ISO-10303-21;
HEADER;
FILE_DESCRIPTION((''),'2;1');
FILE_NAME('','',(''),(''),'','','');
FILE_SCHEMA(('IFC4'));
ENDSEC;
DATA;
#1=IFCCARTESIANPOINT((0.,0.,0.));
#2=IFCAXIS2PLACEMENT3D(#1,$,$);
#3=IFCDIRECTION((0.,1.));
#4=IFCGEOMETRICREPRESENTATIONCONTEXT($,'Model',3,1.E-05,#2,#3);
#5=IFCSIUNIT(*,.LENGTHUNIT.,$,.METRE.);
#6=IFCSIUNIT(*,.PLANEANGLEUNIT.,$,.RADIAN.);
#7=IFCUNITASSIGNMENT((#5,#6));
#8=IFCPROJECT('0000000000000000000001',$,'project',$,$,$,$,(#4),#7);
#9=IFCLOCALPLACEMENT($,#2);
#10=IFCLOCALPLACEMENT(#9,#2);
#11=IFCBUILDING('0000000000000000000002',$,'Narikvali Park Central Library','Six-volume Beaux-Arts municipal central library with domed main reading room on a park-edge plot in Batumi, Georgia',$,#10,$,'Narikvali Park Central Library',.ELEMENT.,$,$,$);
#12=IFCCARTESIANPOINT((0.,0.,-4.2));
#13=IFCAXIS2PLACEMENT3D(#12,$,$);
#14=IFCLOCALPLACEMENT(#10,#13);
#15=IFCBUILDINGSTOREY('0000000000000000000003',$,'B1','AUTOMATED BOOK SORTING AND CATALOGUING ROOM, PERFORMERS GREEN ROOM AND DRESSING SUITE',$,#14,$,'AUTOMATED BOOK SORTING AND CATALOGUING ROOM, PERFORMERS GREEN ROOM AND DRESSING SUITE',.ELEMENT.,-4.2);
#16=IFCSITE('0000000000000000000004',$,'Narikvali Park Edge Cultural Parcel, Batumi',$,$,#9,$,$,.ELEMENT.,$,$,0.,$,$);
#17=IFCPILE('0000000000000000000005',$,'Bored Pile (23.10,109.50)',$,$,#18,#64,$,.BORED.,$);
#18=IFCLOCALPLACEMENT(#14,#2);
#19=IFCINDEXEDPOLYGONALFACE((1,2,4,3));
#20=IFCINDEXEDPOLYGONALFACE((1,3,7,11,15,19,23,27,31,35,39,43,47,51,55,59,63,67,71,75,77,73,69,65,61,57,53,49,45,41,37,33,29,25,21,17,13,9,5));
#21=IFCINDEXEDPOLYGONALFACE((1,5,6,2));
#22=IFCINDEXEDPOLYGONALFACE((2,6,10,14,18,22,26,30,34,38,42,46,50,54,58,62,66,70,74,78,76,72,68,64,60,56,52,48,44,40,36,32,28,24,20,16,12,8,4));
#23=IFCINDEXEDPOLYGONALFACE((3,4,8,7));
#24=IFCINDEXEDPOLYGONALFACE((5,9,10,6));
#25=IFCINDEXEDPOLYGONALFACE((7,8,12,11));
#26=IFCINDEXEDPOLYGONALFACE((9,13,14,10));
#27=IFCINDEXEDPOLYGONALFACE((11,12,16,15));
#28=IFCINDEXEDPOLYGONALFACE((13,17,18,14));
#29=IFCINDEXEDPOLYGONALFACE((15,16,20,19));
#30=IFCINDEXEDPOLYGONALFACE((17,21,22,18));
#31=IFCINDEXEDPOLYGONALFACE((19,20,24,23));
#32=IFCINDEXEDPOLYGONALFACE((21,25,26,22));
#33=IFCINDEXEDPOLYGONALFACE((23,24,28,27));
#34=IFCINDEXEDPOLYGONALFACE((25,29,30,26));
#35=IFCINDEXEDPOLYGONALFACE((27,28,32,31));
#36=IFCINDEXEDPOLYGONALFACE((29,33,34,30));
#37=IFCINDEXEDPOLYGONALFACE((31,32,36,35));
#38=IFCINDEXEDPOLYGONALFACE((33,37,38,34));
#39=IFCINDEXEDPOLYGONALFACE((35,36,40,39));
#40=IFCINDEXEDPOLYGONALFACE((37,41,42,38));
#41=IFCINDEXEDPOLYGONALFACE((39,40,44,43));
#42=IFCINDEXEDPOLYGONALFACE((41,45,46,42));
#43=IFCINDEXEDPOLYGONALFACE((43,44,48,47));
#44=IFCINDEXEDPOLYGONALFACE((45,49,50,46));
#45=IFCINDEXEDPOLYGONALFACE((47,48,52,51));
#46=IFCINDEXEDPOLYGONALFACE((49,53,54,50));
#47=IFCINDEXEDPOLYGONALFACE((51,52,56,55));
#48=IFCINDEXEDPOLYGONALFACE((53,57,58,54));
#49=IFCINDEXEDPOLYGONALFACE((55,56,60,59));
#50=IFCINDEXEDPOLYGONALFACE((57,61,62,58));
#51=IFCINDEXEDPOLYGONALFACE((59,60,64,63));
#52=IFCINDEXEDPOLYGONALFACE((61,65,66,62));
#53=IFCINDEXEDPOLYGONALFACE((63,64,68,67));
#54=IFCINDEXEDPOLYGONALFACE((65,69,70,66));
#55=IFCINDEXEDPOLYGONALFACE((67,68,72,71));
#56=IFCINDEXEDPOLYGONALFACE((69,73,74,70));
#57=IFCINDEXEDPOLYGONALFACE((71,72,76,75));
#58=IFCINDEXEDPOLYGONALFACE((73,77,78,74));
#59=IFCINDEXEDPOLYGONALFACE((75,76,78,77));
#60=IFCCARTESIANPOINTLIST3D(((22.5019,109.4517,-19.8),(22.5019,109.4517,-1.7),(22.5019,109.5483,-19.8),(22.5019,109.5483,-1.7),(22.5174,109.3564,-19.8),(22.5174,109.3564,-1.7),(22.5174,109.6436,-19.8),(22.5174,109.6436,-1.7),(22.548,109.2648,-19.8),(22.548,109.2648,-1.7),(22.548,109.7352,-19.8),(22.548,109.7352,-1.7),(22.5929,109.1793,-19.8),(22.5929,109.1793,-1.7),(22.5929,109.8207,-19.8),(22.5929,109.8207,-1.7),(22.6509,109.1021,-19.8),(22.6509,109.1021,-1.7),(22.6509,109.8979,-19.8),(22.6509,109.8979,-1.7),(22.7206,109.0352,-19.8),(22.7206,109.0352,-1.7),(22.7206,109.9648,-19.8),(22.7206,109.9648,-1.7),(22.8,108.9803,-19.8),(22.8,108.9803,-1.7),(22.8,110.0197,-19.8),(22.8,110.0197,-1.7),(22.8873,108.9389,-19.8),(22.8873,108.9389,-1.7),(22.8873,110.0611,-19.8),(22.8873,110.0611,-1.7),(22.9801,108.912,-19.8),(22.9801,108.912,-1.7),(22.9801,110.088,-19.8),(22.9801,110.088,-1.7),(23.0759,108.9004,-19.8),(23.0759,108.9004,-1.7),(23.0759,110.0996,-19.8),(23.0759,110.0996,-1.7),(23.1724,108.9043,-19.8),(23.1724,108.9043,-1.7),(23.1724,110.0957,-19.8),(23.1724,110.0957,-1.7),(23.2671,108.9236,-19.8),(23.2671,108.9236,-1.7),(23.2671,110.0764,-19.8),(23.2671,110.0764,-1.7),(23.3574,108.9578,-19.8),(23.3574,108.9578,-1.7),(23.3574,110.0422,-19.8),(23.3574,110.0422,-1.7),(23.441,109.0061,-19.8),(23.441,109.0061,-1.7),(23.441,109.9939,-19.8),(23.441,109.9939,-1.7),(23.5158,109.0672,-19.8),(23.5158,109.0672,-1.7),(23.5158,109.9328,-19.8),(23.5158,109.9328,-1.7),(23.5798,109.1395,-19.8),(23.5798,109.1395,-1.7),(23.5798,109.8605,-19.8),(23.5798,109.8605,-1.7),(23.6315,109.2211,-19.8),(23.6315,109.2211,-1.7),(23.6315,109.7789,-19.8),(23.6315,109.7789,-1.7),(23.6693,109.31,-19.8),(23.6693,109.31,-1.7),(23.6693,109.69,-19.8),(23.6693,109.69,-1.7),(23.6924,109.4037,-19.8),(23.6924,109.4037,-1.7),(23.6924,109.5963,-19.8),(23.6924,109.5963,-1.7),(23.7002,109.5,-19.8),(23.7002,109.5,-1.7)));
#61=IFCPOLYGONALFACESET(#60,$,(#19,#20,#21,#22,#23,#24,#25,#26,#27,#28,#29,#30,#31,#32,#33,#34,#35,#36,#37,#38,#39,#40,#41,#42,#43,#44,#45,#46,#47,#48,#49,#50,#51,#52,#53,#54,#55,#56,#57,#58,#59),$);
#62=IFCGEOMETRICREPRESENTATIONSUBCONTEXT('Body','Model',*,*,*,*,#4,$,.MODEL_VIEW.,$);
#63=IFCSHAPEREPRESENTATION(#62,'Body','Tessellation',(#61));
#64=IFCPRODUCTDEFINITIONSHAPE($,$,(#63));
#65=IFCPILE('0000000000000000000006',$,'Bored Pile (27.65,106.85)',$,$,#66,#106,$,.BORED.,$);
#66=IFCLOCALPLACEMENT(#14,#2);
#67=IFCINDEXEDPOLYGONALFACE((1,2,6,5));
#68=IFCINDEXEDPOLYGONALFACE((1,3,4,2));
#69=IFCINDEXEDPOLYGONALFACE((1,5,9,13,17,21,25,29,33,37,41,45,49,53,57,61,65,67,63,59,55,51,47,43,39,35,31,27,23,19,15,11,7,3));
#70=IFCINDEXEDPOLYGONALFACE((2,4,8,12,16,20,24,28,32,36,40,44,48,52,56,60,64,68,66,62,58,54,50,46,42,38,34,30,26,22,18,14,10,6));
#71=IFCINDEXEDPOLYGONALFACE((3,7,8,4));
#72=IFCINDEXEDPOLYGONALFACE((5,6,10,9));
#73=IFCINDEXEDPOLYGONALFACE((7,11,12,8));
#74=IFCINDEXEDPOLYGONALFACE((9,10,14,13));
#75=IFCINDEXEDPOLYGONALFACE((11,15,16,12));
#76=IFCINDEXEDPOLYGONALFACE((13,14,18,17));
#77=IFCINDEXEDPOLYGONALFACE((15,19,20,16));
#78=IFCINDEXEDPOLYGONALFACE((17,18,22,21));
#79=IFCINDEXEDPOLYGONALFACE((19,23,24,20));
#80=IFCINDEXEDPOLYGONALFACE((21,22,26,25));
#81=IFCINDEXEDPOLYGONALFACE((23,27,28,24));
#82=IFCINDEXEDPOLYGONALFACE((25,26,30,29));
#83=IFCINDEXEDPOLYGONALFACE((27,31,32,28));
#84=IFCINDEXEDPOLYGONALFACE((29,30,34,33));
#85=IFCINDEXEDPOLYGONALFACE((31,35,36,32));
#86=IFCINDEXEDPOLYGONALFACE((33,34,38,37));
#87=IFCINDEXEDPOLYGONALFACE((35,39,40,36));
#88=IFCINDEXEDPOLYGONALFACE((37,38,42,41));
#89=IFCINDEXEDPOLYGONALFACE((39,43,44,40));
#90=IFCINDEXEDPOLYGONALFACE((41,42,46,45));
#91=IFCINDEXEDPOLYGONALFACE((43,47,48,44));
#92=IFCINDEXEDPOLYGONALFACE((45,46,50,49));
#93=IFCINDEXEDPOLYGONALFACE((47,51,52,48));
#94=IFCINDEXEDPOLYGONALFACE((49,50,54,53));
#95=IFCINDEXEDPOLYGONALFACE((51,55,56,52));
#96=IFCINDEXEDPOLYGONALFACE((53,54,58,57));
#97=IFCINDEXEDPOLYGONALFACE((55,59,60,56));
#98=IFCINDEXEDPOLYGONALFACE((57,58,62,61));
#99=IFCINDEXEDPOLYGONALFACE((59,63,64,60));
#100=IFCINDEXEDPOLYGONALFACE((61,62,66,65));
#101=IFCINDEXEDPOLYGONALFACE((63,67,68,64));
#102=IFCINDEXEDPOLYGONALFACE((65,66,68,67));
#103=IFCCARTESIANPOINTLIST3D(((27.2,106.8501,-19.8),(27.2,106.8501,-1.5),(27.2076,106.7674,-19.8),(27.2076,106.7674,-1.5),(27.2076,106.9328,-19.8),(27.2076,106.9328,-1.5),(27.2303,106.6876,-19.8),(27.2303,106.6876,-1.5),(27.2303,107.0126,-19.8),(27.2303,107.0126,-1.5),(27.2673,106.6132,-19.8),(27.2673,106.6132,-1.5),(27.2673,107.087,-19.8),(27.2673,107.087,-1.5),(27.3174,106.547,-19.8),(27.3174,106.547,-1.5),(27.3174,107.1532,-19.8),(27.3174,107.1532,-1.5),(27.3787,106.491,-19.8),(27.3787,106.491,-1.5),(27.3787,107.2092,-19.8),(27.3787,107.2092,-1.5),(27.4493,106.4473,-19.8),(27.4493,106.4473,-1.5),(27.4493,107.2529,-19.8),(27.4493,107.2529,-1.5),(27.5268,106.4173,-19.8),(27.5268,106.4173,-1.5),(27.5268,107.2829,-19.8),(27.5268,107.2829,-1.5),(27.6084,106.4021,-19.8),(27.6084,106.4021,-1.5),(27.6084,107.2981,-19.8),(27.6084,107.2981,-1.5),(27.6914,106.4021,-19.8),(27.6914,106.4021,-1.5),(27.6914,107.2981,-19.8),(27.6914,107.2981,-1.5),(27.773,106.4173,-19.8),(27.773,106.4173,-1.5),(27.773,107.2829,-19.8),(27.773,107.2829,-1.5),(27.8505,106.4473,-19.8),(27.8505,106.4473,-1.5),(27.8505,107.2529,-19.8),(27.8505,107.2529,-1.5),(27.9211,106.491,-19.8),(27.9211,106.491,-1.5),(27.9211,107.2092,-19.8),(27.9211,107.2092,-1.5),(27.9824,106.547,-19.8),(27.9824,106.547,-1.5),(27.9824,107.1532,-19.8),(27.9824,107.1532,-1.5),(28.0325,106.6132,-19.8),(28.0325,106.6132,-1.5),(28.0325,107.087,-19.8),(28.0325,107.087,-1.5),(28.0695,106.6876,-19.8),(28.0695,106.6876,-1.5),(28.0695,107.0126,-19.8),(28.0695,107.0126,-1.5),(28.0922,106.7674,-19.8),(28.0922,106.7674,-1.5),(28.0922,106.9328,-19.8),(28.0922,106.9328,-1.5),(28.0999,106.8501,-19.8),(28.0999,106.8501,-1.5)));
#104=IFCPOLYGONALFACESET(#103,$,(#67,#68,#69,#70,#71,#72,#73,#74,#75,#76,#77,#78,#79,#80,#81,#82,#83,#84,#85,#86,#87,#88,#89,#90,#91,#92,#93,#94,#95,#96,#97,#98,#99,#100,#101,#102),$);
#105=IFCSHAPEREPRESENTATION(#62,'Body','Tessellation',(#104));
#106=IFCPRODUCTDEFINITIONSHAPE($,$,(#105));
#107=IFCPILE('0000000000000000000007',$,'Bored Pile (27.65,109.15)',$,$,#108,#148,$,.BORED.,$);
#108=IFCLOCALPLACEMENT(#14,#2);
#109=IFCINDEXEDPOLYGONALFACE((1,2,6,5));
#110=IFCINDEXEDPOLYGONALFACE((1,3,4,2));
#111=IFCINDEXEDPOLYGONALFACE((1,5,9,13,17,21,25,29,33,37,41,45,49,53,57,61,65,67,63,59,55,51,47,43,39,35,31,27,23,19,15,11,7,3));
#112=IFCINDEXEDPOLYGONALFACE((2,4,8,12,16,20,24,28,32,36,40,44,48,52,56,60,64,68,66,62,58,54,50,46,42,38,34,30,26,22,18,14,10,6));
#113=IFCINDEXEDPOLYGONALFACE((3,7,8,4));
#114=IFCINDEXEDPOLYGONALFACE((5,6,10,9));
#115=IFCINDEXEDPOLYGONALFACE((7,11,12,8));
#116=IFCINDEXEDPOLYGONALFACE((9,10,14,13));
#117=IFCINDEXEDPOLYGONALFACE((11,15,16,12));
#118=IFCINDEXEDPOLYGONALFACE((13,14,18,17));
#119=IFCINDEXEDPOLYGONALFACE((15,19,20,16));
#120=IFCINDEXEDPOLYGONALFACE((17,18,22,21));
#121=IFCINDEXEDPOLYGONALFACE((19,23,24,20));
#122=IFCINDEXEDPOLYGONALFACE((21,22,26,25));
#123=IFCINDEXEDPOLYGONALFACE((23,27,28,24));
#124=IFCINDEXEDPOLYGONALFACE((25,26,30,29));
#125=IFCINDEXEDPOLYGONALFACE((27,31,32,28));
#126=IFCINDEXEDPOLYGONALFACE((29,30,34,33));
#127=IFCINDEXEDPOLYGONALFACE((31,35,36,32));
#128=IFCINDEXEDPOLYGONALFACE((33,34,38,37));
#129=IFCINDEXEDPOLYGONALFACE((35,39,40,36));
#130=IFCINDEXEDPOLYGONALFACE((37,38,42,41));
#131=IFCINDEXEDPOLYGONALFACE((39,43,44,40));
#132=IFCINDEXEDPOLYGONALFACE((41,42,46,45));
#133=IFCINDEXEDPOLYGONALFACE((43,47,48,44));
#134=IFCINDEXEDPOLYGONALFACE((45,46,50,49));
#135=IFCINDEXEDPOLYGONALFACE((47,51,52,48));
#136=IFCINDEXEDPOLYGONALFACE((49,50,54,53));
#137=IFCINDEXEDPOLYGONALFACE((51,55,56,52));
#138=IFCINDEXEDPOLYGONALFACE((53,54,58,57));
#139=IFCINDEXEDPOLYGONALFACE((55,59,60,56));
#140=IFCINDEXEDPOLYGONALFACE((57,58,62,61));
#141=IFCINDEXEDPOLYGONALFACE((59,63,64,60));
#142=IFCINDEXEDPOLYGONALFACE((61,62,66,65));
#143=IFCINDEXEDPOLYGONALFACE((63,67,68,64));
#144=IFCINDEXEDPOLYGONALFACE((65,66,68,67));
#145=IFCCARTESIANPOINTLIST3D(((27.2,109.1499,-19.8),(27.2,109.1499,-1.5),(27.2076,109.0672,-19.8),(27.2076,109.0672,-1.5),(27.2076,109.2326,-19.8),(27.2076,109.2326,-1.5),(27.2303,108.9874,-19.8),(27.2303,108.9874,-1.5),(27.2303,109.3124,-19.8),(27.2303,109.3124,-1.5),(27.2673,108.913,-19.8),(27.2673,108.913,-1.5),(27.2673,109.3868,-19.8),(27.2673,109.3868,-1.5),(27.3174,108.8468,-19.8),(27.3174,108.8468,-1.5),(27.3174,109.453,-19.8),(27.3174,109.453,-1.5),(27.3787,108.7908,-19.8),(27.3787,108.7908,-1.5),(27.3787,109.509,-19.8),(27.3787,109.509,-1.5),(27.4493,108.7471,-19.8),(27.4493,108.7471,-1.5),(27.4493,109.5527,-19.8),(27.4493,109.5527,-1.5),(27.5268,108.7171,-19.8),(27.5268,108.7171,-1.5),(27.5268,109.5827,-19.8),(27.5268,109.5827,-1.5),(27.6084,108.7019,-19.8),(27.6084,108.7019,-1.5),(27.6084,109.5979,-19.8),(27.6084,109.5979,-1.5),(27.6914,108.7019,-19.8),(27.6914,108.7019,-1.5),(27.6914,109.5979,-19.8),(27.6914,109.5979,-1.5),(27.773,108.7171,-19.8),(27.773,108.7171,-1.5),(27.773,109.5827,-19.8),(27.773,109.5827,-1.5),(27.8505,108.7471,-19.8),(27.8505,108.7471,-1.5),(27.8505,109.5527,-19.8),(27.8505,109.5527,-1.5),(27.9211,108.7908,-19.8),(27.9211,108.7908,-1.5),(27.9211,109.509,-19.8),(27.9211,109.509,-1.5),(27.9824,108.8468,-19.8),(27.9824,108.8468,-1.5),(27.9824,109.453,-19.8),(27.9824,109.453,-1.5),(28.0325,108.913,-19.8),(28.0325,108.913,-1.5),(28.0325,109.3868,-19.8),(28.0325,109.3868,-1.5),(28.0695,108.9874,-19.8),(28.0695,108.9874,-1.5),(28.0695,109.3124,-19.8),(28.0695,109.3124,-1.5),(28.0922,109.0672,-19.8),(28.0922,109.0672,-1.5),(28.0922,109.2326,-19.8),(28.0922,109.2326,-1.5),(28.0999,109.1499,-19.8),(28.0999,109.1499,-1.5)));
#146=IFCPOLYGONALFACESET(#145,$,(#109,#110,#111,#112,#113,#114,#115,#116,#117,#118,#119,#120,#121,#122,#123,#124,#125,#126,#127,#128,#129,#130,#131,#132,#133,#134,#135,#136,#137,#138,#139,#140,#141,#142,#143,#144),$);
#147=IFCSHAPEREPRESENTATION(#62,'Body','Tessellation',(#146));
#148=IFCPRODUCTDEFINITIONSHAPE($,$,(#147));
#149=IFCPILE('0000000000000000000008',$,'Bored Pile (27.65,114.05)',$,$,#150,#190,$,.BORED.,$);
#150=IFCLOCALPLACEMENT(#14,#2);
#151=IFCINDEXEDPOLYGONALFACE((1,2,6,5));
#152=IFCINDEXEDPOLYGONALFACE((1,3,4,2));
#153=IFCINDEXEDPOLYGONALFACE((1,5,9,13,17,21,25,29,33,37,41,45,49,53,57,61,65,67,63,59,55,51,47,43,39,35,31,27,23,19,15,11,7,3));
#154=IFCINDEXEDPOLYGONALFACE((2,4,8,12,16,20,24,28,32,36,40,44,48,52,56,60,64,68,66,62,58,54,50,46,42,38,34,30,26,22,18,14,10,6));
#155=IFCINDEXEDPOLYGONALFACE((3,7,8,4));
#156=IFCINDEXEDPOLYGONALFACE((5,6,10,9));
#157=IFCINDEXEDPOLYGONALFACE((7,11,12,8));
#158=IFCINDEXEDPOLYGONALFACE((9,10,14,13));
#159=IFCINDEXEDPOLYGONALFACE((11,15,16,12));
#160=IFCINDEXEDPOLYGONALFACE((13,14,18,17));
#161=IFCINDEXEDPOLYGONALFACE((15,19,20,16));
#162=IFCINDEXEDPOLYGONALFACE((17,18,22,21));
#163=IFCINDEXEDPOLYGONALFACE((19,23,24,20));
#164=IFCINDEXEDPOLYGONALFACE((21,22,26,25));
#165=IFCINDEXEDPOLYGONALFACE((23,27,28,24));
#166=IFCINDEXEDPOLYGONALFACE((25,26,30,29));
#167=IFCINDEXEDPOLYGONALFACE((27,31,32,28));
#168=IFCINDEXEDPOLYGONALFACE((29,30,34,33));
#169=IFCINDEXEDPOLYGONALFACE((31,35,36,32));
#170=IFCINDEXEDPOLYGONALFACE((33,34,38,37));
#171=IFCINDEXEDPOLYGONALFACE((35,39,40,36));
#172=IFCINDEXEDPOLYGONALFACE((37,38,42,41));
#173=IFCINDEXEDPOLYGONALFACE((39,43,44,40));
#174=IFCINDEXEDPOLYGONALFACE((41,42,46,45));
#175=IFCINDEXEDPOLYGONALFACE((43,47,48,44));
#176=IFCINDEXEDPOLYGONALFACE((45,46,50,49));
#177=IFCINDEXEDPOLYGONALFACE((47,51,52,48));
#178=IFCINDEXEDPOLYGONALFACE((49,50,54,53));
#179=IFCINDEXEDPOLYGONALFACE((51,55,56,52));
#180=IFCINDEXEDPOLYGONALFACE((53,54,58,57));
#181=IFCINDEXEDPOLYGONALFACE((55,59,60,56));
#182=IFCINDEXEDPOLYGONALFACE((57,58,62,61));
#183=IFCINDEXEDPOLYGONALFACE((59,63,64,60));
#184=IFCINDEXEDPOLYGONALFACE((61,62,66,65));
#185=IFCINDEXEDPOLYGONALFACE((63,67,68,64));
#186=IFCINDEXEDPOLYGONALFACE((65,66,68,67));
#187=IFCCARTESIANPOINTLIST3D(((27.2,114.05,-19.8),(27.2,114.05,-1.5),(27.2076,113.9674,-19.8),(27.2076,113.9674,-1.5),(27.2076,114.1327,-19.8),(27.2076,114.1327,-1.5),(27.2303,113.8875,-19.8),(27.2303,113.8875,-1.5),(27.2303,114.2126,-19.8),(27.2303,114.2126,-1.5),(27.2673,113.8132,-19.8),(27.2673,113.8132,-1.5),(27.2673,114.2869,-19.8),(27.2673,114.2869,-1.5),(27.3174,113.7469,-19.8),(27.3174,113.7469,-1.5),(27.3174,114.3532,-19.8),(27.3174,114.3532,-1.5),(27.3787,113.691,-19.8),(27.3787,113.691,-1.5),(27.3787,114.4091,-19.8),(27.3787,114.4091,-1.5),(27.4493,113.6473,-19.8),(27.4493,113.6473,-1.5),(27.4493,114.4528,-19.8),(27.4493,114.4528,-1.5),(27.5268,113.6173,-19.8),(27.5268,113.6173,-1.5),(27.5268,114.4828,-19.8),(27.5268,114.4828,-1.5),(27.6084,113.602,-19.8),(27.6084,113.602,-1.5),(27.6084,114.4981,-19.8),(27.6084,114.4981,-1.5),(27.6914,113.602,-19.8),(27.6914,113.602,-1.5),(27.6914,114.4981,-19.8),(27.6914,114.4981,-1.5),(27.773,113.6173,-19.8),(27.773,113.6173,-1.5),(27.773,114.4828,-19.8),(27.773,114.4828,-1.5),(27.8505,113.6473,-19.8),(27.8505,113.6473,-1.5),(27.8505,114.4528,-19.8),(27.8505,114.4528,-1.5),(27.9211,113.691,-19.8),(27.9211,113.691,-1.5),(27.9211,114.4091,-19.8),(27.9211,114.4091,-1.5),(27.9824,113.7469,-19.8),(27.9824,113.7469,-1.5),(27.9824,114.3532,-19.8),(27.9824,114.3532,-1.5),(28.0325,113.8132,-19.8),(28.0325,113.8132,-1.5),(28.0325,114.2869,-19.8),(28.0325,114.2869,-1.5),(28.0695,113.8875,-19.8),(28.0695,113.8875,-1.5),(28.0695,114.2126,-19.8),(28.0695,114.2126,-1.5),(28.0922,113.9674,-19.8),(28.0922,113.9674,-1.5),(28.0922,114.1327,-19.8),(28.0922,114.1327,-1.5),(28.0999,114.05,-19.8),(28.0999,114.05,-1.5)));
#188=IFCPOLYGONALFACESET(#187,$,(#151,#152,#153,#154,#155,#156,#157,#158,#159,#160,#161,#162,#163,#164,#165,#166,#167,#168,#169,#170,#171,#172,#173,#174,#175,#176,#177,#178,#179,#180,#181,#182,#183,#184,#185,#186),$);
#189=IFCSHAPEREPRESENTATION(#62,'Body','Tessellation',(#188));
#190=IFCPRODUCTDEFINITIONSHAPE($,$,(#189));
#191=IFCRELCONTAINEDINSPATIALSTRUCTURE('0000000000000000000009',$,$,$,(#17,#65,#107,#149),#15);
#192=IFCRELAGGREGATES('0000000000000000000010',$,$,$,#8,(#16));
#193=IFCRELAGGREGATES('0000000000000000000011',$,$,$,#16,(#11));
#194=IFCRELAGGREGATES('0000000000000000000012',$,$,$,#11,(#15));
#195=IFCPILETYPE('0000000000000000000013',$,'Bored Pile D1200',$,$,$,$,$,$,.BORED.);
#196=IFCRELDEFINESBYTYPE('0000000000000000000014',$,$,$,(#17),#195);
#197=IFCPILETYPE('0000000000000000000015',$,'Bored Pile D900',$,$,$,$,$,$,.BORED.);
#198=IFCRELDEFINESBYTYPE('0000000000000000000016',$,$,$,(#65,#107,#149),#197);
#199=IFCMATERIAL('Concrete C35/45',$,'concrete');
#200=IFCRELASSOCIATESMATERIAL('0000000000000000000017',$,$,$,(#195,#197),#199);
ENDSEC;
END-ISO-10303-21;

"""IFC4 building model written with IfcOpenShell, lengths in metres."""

from ifc_helpers import new_model, si_unit, direction, frame, origin, origin_2d, place, context, subcontext, project, spatial, circle, extrude, material, material_profile, profile_set, type_object, element, save


model = new_model("IFC4")

# Units and contexts
model_context = context("Model", 3, precision=1e-05, world=origin(), true_north=direction((0.0, 1.0)))
body_context = subcontext(model_context, "Body", "Model", "MODEL_VIEW")
ifc_project = project(units=[si_unit("LENGTHUNIT", "METRE"), si_unit("PLANEANGLEUNIT", "RADIAN")], contexts=[model_context])

# Site, building, storey
site_placement = place(None, origin())
site = spatial("IfcSite", under=ifc_project, at=site_placement, Name="Narikvali Park Edge Cultural Parcel, Batumi", CompositionType="ELEMENT", RefElevation=0.0)
building_placement = place(site_placement, origin())
building = spatial("IfcBuilding", under=site, at=building_placement, Name="Narikvali Park Central Library", Description="Six-volume Beaux-Arts municipal central library with domed main reading room on a park-edge plot in Batumi, Georgia", LongName="Narikvali Park Central Library", CompositionType="ELEMENT")
storey_placement = place(building_placement, frame((0.0, 0.0, -4.2)))
storey = spatial("IfcBuildingStorey", under=building, at=storey_placement, Name="B1", Description="AUTOMATED BOOK SORTING AND CATALOGUING ROOM, PERFORMERS GREEN ROOM AND DRESSING SUITE", LongName="AUTOMATED BOOK SORTING AND CATALOGUING ROOM, PERFORMERS GREEN ROOM AND DRESSING SUITE", CompositionType="ELEMENT", Elevation=-4.2)

# Piles
ifc_material_1 = material(Name="Concrete C35/45", Category="concrete")
ifc_material_profile_1 = material_profile(ifc_material_1, circle(Radius=0.6001, at=origin_2d()), Name="PILE D1200")
ifc_profile_set_1 = profile_set([ifc_material_profile_1], Name="Concrete C35/45")
pile_type_1 = type_object("IfcPileType", Name="Bored Pile D1200", PredefinedType="BORED", material=ifc_profile_set_1)
for number, where, z_axis, x_axis, name in (
    (1, (23.1001, 109.5, -1.7), (0.0, 0.0, -1.0), (1.0, 0.0, 0.0), "Bored Pile (23.10,109.50)"),
):
    element("IfcPile", number, at=place(storey_placement, frame(where, z_axis=z_axis, x_axis=x_axis)), inside=storey, type_object=pile_type_1, Name=name, PredefinedType="BORED", context=body_context, shape_type="SweptSolid", body=[
        extrude(circle(Radius=0.6001, at=origin_2d()), origin(), (0.0, 0.0, 1.0), 18.1001),
    ])
ifc_material_profile_2 = material_profile(ifc_material_1, circle(Radius=0.45, at=origin_2d()), Name="PILE D900")
ifc_profile_set_2 = profile_set([ifc_material_profile_2], Name="Concrete C35/45")
pile_type_2 = type_object("IfcPileType", Name="Bored Pile D900", PredefinedType="BORED", material=ifc_profile_set_2)
for number, where, z_axis, x_axis, name in (
    (2, (27.6499, 106.8501, -1.5), (0.0, 0.0, -1.0), (1.0, 0.0, 0.0), "Bored Pile (27.65,106.85)"),
    (3, (27.6499, 109.1499, -1.5), (0.0, 0.0, -1.0), (1.0, 0.0, 0.0), "Bored Pile (27.65,109.15)"),
    (4, (27.6499, 114.05, -1.5), (0.0, 0.0, -1.0), (1.0, 0.0, 0.0), "Bored Pile (27.65,114.05)"),
):
    element("IfcPile", number, at=place(storey_placement, frame(where, z_axis=z_axis, x_axis=x_axis)), inside=storey, type_object=pile_type_2, Name=name, PredefinedType="BORED", context=body_context, shape_type="SweptSolid", body=[
        extrude(circle(Radius=0.45, at=origin_2d()), origin(), (0.0, 0.0, 1.0), 18.3),
    ])

save(model, "model.ifc")
